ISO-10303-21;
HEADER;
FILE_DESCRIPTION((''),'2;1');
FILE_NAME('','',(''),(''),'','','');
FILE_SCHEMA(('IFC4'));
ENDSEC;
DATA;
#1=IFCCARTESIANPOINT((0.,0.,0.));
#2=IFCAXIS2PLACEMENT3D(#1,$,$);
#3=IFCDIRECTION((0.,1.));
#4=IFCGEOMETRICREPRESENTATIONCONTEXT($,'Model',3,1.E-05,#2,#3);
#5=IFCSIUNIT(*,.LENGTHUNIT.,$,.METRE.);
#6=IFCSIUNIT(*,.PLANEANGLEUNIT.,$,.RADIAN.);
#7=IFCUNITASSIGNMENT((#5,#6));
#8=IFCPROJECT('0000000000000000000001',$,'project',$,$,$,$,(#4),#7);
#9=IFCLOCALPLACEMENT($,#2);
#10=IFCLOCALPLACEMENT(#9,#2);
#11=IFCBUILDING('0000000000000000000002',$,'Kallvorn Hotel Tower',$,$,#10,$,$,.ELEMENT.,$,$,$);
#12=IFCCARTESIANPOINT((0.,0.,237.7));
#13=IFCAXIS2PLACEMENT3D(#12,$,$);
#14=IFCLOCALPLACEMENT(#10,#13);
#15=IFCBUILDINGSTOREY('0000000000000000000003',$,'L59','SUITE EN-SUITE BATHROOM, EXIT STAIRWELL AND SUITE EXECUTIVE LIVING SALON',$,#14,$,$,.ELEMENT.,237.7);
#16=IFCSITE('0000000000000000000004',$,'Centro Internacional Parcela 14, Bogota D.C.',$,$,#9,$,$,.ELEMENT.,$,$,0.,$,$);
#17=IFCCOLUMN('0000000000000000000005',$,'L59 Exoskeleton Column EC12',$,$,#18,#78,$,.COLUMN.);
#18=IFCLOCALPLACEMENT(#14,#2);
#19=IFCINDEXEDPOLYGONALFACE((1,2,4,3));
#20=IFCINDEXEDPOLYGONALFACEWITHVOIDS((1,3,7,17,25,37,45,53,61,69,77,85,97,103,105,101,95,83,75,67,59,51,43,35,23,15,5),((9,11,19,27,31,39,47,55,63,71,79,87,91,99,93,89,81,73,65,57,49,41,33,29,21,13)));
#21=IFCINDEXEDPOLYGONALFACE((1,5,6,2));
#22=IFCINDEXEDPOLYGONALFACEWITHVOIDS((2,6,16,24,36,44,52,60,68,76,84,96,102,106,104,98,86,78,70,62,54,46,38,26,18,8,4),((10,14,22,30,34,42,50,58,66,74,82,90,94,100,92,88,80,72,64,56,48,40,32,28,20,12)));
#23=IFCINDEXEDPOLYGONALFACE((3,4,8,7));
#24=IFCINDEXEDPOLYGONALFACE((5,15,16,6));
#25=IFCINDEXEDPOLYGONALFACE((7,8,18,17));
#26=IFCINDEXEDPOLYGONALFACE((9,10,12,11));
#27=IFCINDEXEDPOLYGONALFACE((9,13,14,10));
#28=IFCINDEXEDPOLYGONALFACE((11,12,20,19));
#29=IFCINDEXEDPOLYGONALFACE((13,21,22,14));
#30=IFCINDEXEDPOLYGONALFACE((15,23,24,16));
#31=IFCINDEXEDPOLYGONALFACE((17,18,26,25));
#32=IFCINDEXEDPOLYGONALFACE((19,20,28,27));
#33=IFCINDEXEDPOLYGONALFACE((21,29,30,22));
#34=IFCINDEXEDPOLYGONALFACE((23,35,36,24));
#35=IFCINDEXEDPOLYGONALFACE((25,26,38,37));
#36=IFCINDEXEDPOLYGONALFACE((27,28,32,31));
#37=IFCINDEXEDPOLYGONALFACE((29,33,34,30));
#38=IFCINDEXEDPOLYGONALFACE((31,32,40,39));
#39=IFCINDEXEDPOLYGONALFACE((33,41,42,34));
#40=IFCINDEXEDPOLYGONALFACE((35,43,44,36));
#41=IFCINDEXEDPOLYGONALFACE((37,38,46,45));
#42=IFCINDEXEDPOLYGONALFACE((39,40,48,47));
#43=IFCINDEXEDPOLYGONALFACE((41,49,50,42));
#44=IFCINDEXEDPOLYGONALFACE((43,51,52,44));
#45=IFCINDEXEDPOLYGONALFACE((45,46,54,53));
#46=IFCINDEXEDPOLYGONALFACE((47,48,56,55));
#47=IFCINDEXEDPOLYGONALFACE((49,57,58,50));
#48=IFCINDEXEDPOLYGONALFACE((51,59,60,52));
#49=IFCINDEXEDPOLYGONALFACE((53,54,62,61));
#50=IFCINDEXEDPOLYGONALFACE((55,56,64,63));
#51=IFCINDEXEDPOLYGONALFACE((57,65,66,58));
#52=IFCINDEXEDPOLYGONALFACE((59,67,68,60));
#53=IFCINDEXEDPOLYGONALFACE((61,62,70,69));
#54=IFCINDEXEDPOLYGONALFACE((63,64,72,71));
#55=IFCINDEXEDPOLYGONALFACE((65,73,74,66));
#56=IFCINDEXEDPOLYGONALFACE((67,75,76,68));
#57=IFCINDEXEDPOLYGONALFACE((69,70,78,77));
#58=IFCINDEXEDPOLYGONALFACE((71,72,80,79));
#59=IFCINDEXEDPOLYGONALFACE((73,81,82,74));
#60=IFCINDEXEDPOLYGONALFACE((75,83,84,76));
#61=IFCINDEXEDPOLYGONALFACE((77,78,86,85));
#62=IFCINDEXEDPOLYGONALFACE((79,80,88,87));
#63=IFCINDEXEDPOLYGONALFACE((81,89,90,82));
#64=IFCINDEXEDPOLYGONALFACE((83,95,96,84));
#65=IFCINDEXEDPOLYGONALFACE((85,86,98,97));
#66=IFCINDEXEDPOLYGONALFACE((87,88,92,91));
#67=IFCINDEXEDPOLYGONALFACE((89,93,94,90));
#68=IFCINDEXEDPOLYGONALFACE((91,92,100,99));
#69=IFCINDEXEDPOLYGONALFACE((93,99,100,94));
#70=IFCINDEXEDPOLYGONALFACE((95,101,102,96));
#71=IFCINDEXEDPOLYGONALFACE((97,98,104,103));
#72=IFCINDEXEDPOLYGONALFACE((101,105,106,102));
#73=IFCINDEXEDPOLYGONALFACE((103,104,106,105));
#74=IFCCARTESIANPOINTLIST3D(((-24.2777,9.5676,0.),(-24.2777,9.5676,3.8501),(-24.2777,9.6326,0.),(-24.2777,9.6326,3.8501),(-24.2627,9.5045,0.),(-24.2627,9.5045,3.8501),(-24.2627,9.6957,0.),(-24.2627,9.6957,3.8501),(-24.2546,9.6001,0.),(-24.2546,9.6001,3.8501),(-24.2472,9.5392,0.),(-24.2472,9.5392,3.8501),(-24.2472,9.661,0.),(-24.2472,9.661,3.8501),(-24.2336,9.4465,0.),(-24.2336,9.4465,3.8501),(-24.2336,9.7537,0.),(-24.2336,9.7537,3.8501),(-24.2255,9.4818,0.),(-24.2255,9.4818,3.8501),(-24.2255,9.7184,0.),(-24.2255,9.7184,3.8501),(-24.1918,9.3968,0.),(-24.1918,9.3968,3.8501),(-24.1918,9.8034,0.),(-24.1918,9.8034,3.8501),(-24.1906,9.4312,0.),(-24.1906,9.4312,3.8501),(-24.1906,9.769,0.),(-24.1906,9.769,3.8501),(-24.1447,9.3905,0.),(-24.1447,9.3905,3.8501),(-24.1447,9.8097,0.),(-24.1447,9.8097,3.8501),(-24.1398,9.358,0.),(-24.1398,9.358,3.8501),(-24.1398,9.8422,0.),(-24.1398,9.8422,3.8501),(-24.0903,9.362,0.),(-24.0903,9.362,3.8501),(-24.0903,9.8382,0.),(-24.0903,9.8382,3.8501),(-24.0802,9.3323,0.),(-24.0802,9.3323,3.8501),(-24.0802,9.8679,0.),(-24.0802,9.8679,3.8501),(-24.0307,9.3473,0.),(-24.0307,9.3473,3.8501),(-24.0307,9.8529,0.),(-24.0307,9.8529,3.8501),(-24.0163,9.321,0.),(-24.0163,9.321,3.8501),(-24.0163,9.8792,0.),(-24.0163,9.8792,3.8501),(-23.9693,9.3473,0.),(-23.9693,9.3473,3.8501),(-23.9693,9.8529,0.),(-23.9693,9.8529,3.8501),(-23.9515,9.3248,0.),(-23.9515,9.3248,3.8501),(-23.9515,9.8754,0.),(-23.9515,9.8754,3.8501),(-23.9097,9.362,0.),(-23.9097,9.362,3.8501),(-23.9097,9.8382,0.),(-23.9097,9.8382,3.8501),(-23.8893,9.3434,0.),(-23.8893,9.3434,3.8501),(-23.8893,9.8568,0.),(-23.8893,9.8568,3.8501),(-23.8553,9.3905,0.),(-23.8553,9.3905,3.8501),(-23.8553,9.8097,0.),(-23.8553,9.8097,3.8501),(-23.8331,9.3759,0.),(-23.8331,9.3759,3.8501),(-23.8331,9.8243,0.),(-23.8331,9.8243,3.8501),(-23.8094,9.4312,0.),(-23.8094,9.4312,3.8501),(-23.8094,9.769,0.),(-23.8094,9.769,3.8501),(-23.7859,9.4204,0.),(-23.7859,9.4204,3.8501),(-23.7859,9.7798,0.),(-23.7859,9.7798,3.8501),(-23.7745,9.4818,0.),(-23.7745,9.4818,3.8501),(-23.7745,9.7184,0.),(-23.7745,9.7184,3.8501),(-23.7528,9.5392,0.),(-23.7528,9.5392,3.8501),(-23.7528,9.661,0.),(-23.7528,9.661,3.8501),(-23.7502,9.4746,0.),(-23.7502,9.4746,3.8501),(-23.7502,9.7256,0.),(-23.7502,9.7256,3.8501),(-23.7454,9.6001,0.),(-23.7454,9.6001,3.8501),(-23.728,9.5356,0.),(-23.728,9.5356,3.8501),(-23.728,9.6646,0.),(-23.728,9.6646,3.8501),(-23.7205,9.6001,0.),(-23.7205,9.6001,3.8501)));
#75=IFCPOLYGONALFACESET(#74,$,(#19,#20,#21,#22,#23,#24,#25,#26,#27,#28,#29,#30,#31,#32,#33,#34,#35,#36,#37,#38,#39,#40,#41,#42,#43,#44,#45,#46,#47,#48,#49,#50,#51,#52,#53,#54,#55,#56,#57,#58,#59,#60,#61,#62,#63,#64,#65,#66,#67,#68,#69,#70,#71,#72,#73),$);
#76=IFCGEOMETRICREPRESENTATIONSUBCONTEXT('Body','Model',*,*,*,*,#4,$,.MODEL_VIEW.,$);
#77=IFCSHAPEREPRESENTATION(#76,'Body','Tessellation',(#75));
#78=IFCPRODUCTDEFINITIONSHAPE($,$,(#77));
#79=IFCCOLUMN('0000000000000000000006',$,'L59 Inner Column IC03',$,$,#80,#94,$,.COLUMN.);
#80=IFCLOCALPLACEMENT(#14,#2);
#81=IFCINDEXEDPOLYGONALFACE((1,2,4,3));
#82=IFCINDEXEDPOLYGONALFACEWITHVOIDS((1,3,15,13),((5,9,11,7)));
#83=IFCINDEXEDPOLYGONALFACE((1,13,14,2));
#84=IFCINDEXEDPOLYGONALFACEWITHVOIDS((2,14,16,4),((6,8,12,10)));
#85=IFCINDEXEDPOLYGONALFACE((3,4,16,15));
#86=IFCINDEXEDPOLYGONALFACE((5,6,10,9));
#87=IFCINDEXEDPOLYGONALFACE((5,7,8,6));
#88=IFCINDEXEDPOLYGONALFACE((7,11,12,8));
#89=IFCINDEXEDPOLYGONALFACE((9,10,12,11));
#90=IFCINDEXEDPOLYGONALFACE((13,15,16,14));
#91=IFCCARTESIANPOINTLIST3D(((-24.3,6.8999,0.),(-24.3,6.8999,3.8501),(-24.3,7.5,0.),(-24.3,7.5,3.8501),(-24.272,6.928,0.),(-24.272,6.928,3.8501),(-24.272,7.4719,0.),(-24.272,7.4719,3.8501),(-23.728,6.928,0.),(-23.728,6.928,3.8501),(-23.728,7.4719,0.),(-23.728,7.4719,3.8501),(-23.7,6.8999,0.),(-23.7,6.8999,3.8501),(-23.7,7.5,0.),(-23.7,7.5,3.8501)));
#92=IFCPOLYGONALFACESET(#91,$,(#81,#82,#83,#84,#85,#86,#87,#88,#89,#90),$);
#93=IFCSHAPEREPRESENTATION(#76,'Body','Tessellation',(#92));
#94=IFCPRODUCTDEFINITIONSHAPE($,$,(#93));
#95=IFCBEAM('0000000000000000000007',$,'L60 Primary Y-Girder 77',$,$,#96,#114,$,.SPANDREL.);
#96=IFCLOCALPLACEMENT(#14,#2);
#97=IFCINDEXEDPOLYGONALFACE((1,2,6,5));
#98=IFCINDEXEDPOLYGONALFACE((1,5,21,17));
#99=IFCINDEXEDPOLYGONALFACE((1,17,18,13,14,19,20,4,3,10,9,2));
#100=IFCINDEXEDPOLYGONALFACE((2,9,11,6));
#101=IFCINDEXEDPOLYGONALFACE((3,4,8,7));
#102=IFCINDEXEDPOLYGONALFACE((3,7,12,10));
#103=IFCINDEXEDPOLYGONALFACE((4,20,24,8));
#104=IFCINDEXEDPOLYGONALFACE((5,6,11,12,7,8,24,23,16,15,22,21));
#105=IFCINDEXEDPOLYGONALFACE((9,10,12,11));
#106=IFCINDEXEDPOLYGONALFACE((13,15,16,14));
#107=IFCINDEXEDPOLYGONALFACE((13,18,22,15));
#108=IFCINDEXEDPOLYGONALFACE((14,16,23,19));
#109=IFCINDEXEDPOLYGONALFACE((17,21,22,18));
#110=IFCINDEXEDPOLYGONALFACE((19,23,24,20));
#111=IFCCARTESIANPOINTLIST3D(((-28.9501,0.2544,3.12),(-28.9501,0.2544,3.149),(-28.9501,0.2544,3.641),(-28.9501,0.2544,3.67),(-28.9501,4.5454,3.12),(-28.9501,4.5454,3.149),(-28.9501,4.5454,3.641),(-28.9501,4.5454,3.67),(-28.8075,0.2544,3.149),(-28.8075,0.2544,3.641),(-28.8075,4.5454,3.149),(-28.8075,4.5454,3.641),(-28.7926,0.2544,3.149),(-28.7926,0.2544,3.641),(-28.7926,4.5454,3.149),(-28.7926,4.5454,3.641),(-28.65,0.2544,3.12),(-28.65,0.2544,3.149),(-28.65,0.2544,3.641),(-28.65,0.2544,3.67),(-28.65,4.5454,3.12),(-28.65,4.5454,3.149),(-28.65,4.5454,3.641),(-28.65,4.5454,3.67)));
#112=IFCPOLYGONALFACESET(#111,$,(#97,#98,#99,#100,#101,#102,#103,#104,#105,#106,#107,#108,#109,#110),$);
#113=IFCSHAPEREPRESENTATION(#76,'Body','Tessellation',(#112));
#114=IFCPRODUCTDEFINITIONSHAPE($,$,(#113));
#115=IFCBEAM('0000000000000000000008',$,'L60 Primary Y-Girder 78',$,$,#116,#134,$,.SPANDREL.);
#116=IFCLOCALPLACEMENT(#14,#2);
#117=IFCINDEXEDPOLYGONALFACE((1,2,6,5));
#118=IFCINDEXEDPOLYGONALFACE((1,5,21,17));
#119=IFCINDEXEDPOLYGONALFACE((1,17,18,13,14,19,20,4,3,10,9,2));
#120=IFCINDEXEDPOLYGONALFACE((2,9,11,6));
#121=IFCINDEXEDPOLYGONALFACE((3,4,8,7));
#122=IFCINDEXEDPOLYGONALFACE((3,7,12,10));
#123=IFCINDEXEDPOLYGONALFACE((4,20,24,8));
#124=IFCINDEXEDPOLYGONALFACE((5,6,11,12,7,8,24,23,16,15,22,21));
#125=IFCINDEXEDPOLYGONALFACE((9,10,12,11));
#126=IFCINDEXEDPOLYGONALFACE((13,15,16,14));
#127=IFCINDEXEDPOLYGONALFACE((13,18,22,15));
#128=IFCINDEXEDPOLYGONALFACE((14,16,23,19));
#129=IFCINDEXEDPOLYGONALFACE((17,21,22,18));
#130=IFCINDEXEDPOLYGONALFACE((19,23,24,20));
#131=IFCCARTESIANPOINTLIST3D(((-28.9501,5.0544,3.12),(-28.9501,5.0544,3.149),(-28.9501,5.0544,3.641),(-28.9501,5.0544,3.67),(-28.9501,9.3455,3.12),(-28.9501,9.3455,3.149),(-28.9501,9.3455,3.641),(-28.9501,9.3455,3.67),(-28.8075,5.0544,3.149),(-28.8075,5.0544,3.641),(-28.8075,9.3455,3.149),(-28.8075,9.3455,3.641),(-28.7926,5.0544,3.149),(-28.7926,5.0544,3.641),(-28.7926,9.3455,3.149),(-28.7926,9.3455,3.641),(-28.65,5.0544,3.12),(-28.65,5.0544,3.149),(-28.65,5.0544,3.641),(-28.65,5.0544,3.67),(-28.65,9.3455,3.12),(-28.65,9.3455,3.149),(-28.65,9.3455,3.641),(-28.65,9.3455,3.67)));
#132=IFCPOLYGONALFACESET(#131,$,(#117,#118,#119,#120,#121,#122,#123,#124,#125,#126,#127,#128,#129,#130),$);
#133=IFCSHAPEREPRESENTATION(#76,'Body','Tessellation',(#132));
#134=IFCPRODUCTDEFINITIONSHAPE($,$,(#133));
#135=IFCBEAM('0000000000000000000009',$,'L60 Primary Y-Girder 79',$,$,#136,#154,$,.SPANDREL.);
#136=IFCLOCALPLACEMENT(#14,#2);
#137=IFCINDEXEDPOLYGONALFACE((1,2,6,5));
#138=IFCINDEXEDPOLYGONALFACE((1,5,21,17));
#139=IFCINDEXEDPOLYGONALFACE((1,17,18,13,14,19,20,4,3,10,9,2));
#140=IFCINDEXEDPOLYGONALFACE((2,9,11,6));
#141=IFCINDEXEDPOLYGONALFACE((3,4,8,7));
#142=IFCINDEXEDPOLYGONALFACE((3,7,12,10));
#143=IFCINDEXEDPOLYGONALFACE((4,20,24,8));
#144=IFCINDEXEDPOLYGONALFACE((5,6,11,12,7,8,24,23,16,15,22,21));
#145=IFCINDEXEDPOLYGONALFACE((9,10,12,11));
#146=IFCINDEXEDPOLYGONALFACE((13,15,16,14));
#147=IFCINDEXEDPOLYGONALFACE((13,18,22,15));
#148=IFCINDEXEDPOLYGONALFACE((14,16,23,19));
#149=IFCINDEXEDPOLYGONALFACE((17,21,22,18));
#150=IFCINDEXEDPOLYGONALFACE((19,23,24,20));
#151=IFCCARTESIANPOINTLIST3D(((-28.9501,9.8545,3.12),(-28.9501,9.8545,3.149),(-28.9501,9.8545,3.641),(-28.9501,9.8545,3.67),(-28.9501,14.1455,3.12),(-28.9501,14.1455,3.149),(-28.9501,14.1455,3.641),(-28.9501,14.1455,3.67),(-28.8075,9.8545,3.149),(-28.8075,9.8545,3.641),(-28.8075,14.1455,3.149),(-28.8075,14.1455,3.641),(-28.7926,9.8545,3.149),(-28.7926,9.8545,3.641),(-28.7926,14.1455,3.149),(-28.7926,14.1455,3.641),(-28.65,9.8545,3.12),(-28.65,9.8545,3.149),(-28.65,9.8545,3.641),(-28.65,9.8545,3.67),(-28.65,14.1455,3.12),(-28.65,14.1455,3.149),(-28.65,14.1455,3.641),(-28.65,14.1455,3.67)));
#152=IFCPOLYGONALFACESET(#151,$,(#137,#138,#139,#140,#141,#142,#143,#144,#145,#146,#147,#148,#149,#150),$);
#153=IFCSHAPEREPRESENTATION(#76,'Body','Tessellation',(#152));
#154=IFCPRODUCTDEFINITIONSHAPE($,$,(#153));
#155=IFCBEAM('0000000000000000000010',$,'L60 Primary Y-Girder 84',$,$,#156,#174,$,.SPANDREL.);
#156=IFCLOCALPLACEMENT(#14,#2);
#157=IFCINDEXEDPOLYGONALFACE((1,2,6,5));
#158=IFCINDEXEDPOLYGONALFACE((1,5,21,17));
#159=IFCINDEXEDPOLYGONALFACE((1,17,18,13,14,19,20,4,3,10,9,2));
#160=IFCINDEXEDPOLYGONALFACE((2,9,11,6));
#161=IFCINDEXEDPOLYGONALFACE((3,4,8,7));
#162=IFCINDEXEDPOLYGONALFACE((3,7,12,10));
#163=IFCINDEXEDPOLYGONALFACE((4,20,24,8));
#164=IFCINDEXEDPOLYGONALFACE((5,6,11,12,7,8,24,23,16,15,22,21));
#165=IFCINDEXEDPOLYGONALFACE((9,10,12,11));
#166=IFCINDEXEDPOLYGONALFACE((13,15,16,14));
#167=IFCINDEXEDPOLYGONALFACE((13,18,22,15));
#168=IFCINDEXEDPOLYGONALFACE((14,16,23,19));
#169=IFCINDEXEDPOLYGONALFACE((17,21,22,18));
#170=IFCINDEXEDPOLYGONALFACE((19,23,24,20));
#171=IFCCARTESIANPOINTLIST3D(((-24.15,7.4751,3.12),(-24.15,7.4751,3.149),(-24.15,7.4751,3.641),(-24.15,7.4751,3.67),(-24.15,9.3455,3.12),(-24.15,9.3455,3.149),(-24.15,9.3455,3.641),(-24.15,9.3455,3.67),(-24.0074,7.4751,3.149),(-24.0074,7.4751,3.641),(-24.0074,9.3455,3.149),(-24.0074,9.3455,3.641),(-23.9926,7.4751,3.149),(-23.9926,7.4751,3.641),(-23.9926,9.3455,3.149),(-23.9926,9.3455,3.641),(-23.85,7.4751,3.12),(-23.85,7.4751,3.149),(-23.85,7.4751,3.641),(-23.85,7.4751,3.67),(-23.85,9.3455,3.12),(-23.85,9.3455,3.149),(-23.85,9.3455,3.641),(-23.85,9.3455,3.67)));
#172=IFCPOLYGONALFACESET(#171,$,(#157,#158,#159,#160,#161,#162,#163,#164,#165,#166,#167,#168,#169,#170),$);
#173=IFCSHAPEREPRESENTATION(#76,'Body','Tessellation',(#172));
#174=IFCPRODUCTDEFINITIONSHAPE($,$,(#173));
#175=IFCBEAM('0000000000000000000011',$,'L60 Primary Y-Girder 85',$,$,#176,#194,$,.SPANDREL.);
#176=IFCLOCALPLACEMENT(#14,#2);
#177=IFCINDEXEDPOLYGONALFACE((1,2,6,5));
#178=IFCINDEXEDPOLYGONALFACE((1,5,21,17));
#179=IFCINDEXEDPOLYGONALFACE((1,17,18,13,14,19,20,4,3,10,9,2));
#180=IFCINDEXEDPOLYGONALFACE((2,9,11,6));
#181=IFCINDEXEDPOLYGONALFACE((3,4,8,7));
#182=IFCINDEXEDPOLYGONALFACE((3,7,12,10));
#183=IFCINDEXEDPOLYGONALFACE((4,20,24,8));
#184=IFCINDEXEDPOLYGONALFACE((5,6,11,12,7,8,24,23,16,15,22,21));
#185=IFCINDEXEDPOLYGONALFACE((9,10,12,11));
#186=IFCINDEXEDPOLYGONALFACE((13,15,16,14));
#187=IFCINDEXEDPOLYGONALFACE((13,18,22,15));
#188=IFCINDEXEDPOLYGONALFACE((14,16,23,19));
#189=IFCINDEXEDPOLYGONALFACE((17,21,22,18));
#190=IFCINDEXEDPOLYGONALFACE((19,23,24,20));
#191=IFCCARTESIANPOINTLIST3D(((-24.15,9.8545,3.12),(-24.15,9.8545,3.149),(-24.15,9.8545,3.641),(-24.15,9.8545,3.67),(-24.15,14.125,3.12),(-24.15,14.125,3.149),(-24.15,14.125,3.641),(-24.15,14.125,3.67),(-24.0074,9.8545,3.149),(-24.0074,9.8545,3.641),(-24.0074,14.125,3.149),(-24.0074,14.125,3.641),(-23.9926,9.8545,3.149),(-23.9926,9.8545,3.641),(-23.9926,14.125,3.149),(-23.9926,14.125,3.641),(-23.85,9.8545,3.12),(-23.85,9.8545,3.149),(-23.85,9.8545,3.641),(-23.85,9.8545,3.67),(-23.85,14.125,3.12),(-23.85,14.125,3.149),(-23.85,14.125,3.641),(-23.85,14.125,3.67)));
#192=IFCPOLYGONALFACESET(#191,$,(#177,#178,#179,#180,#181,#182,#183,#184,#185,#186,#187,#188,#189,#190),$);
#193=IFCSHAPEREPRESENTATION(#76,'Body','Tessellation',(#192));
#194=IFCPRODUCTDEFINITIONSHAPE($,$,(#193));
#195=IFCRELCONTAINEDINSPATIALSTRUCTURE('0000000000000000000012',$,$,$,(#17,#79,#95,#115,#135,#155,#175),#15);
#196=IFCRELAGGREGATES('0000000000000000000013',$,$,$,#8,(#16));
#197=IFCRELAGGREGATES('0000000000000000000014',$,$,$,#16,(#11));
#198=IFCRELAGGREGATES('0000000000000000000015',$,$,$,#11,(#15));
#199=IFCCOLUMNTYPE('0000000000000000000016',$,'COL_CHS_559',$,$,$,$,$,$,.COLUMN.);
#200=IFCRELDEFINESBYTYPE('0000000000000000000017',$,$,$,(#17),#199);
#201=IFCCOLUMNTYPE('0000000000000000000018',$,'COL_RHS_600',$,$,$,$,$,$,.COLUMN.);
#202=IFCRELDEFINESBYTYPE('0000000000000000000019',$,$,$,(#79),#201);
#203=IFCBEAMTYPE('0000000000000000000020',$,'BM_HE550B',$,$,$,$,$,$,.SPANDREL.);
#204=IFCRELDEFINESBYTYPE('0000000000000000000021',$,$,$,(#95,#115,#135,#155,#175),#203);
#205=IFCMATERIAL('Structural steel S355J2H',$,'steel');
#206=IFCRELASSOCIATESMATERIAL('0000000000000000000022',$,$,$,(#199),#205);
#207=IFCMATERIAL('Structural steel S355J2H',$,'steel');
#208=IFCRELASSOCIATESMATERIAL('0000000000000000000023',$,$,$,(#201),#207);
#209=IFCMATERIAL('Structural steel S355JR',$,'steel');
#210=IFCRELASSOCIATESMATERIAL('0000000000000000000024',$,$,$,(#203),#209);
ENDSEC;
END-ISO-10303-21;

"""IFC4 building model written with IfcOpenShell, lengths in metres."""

from ifc_helpers import new_model, si_unit, direction, frame, origin, origin_2d, place, context, subcontext, project, spatial, hollow_rectangle, hollow_circle, i_section, extrude, material, material_profile, profile_set, type_object, element, save


model = new_model("IFC4")

# Units and contexts
model_context = context("Model", 3, precision=1e-05, world=origin(), true_north=direction((0.0, 1.0)))
body_context = subcontext(model_context, "Body", "Model", "MODEL_VIEW")
ifc_project = project(units=[si_unit("LENGTHUNIT", "METRE"), si_unit("PLANEANGLEUNIT", "RADIAN")], contexts=[model_context])

# Site, building, storey
site_placement = place(None, origin())
site = spatial("IfcSite", under=ifc_project, at=site_placement, Name="Centro Internacional Parcela 14, Bogota D.C.", CompositionType="ELEMENT", RefElevation=0.0)
building_placement = place(site_placement, origin())
building = spatial("IfcBuilding", under=site, at=building_placement, Name="Kallvorn Hotel Tower", CompositionType="ELEMENT")
storey_placement = place(building_placement, frame((0.0, 0.0, 237.7)))
storey = spatial("IfcBuildingStorey", under=building, at=storey_placement, Name="L59", Description="SUITE EN-SUITE BATHROOM, EXIT STAIRWELL AND SUITE EXECUTIVE LIVING SALON", CompositionType="ELEMENT", Elevation=237.7)

# Columns
ifc_material_1 = material(Name="Structural steel S355J2H", Category="steel")
ifc_material_profile_1 = material_profile(ifc_material_1, hollow_circle(Radius=0.2795, WallThickness=0.0249, at=origin_2d()), Name="CHS 559x25")
ifc_profile_set_1 = profile_set([ifc_material_profile_1], Name="Structural steel S355J2H")
column_type_1 = type_object("IfcColumnType", Name="COL_CHS_559", PredefinedType="COLUMN", material=ifc_profile_set_1)
for number, where, z_axis, x_axis, name in (
    (1, (-24.0, 9.6001, 0.0), (0.0, 0.0, 1.0), (1.0, 0.0, 0.0), "L59 Exoskeleton Column EC12"),
):
    element("IfcColumn", number, at=place(storey_placement, frame(where, z_axis=z_axis, x_axis=x_axis)), inside=storey, type_object=column_type_1, Name=name, PredefinedType="COLUMN", context=body_context, shape_type="SweptSolid", body=[
        extrude(hollow_circle(Radius=0.2795, WallThickness=0.0249, at=origin_2d()), origin(), (0.0, 0.0, 1.0), 3.8501),
    ])
ifc_material_2 = material(Name="Structural steel S355J2H", Category="steel")
ifc_material_profile_2 = material_profile(ifc_material_2, hollow_rectangle(XDim=0.6001, YDim=0.6001, WallThickness=0.0281, at=origin_2d()), Name="RHS 600x600x28")
ifc_profile_set_2 = profile_set([ifc_material_profile_2], Name="Structural steel S355J2H")
column_type_2 = type_object("IfcColumnType", Name="COL_RHS_600", PredefinedType="COLUMN", material=ifc_profile_set_2)
column_placement = place(storey_placement, frame((-24.0, 7.2, 0.0), z_axis=(0.0, 0.0, 1.0), x_axis=(1.0, 0.0, 0.0)))
element("IfcColumn", 2, at=column_placement, inside=storey, type_object=column_type_2, Name="L59 Inner Column IC03", PredefinedType="COLUMN", context=body_context, shape_type="SweptSolid", body=[
    extrude(hollow_rectangle(XDim=0.6001, YDim=0.6001, WallThickness=0.0281, at=origin_2d()), origin(), (0.0, 0.0, 1.0), 3.8501),
])

# Beams
ifc_material_3 = material(Name="Structural steel S355JR", Category="steel")
ifc_material_profile_3 = material_profile(ifc_material_3, i_section(OverallWidth=0.3, OverallDepth=0.55, WebThickness=0.0149, FlangeThickness=0.0291, at=origin_2d()), Name="HE 550 B")
ifc_profile_set_3 = profile_set([ifc_material_profile_3], Name="Structural steel S355JR")
beam_type_1 = type_object("IfcBeamType", Name="BM_HE550B", PredefinedType="SPANDREL", material=ifc_profile_set_3)
for number, where, z_axis, x_axis, name in (
    (3, (-28.8, 0.2544, 3.395), (0.0, 1.0, 0.0), (-1.0, 0.0, 0.0), "L60 Primary Y-Girder 77"),
    (4, (-28.8, 5.0544, 3.395), (0.0, 1.0, 0.0), (-1.0, 0.0, 0.0), "L60 Primary Y-Girder 78"),
    (5, (-28.8, 9.8545, 3.395), (0.0, 1.0, 0.0), (-1.0, 0.0, 0.0), "L60 Primary Y-Girder 79"),
):
    element("IfcBeam", number, at=place(storey_placement, frame(where, z_axis=z_axis, x_axis=x_axis)), inside=storey, type_object=beam_type_1, Name=name, PredefinedType="SPANDREL", context=body_context, shape_type="SweptSolid", body=[
        extrude(i_section(OverallWidth=0.3, OverallDepth=0.55, WebThickness=0.0149, FlangeThickness=0.0291, at=origin_2d()), origin(), (0.0, 0.0, 1.0), 4.291),
    ])
beam_1_placement = place(storey_placement, frame((-24.0, 7.4751, 3.395), z_axis=(0.0, 1.0, 0.0), x_axis=(-1.0, 0.0, 0.0)))
element("IfcBeam", 6, at=beam_1_placement, inside=storey, type_object=beam_type_1, Name="L60 Primary Y-Girder 84", PredefinedType="SPANDREL", context=body_context, shape_type="SweptSolid", body=[
    extrude(i_section(OverallWidth=0.3, OverallDepth=0.55, WebThickness=0.0149, FlangeThickness=0.0291, at=origin_2d()), origin(), (0.0, 0.0, 1.0), 1.8704),
])
beam_2_placement = place(storey_placement, frame((-24.0, 9.8545, 3.395), z_axis=(0.0, 1.0, 0.0), x_axis=(-1.0, 0.0, 0.0)))
element("IfcBeam", 7, at=beam_2_placement, inside=storey, type_object=beam_type_1, Name="L60 Primary Y-Girder 85", PredefinedType="SPANDREL", context=body_context, shape_type="SweptSolid", body=[
    extrude(i_section(OverallWidth=0.3, OverallDepth=0.55, WebThickness=0.0149, FlangeThickness=0.0291, at=origin_2d()), origin(), (0.0, 0.0, 1.0), 4.2705),
])

save(model, "model.ifc")
